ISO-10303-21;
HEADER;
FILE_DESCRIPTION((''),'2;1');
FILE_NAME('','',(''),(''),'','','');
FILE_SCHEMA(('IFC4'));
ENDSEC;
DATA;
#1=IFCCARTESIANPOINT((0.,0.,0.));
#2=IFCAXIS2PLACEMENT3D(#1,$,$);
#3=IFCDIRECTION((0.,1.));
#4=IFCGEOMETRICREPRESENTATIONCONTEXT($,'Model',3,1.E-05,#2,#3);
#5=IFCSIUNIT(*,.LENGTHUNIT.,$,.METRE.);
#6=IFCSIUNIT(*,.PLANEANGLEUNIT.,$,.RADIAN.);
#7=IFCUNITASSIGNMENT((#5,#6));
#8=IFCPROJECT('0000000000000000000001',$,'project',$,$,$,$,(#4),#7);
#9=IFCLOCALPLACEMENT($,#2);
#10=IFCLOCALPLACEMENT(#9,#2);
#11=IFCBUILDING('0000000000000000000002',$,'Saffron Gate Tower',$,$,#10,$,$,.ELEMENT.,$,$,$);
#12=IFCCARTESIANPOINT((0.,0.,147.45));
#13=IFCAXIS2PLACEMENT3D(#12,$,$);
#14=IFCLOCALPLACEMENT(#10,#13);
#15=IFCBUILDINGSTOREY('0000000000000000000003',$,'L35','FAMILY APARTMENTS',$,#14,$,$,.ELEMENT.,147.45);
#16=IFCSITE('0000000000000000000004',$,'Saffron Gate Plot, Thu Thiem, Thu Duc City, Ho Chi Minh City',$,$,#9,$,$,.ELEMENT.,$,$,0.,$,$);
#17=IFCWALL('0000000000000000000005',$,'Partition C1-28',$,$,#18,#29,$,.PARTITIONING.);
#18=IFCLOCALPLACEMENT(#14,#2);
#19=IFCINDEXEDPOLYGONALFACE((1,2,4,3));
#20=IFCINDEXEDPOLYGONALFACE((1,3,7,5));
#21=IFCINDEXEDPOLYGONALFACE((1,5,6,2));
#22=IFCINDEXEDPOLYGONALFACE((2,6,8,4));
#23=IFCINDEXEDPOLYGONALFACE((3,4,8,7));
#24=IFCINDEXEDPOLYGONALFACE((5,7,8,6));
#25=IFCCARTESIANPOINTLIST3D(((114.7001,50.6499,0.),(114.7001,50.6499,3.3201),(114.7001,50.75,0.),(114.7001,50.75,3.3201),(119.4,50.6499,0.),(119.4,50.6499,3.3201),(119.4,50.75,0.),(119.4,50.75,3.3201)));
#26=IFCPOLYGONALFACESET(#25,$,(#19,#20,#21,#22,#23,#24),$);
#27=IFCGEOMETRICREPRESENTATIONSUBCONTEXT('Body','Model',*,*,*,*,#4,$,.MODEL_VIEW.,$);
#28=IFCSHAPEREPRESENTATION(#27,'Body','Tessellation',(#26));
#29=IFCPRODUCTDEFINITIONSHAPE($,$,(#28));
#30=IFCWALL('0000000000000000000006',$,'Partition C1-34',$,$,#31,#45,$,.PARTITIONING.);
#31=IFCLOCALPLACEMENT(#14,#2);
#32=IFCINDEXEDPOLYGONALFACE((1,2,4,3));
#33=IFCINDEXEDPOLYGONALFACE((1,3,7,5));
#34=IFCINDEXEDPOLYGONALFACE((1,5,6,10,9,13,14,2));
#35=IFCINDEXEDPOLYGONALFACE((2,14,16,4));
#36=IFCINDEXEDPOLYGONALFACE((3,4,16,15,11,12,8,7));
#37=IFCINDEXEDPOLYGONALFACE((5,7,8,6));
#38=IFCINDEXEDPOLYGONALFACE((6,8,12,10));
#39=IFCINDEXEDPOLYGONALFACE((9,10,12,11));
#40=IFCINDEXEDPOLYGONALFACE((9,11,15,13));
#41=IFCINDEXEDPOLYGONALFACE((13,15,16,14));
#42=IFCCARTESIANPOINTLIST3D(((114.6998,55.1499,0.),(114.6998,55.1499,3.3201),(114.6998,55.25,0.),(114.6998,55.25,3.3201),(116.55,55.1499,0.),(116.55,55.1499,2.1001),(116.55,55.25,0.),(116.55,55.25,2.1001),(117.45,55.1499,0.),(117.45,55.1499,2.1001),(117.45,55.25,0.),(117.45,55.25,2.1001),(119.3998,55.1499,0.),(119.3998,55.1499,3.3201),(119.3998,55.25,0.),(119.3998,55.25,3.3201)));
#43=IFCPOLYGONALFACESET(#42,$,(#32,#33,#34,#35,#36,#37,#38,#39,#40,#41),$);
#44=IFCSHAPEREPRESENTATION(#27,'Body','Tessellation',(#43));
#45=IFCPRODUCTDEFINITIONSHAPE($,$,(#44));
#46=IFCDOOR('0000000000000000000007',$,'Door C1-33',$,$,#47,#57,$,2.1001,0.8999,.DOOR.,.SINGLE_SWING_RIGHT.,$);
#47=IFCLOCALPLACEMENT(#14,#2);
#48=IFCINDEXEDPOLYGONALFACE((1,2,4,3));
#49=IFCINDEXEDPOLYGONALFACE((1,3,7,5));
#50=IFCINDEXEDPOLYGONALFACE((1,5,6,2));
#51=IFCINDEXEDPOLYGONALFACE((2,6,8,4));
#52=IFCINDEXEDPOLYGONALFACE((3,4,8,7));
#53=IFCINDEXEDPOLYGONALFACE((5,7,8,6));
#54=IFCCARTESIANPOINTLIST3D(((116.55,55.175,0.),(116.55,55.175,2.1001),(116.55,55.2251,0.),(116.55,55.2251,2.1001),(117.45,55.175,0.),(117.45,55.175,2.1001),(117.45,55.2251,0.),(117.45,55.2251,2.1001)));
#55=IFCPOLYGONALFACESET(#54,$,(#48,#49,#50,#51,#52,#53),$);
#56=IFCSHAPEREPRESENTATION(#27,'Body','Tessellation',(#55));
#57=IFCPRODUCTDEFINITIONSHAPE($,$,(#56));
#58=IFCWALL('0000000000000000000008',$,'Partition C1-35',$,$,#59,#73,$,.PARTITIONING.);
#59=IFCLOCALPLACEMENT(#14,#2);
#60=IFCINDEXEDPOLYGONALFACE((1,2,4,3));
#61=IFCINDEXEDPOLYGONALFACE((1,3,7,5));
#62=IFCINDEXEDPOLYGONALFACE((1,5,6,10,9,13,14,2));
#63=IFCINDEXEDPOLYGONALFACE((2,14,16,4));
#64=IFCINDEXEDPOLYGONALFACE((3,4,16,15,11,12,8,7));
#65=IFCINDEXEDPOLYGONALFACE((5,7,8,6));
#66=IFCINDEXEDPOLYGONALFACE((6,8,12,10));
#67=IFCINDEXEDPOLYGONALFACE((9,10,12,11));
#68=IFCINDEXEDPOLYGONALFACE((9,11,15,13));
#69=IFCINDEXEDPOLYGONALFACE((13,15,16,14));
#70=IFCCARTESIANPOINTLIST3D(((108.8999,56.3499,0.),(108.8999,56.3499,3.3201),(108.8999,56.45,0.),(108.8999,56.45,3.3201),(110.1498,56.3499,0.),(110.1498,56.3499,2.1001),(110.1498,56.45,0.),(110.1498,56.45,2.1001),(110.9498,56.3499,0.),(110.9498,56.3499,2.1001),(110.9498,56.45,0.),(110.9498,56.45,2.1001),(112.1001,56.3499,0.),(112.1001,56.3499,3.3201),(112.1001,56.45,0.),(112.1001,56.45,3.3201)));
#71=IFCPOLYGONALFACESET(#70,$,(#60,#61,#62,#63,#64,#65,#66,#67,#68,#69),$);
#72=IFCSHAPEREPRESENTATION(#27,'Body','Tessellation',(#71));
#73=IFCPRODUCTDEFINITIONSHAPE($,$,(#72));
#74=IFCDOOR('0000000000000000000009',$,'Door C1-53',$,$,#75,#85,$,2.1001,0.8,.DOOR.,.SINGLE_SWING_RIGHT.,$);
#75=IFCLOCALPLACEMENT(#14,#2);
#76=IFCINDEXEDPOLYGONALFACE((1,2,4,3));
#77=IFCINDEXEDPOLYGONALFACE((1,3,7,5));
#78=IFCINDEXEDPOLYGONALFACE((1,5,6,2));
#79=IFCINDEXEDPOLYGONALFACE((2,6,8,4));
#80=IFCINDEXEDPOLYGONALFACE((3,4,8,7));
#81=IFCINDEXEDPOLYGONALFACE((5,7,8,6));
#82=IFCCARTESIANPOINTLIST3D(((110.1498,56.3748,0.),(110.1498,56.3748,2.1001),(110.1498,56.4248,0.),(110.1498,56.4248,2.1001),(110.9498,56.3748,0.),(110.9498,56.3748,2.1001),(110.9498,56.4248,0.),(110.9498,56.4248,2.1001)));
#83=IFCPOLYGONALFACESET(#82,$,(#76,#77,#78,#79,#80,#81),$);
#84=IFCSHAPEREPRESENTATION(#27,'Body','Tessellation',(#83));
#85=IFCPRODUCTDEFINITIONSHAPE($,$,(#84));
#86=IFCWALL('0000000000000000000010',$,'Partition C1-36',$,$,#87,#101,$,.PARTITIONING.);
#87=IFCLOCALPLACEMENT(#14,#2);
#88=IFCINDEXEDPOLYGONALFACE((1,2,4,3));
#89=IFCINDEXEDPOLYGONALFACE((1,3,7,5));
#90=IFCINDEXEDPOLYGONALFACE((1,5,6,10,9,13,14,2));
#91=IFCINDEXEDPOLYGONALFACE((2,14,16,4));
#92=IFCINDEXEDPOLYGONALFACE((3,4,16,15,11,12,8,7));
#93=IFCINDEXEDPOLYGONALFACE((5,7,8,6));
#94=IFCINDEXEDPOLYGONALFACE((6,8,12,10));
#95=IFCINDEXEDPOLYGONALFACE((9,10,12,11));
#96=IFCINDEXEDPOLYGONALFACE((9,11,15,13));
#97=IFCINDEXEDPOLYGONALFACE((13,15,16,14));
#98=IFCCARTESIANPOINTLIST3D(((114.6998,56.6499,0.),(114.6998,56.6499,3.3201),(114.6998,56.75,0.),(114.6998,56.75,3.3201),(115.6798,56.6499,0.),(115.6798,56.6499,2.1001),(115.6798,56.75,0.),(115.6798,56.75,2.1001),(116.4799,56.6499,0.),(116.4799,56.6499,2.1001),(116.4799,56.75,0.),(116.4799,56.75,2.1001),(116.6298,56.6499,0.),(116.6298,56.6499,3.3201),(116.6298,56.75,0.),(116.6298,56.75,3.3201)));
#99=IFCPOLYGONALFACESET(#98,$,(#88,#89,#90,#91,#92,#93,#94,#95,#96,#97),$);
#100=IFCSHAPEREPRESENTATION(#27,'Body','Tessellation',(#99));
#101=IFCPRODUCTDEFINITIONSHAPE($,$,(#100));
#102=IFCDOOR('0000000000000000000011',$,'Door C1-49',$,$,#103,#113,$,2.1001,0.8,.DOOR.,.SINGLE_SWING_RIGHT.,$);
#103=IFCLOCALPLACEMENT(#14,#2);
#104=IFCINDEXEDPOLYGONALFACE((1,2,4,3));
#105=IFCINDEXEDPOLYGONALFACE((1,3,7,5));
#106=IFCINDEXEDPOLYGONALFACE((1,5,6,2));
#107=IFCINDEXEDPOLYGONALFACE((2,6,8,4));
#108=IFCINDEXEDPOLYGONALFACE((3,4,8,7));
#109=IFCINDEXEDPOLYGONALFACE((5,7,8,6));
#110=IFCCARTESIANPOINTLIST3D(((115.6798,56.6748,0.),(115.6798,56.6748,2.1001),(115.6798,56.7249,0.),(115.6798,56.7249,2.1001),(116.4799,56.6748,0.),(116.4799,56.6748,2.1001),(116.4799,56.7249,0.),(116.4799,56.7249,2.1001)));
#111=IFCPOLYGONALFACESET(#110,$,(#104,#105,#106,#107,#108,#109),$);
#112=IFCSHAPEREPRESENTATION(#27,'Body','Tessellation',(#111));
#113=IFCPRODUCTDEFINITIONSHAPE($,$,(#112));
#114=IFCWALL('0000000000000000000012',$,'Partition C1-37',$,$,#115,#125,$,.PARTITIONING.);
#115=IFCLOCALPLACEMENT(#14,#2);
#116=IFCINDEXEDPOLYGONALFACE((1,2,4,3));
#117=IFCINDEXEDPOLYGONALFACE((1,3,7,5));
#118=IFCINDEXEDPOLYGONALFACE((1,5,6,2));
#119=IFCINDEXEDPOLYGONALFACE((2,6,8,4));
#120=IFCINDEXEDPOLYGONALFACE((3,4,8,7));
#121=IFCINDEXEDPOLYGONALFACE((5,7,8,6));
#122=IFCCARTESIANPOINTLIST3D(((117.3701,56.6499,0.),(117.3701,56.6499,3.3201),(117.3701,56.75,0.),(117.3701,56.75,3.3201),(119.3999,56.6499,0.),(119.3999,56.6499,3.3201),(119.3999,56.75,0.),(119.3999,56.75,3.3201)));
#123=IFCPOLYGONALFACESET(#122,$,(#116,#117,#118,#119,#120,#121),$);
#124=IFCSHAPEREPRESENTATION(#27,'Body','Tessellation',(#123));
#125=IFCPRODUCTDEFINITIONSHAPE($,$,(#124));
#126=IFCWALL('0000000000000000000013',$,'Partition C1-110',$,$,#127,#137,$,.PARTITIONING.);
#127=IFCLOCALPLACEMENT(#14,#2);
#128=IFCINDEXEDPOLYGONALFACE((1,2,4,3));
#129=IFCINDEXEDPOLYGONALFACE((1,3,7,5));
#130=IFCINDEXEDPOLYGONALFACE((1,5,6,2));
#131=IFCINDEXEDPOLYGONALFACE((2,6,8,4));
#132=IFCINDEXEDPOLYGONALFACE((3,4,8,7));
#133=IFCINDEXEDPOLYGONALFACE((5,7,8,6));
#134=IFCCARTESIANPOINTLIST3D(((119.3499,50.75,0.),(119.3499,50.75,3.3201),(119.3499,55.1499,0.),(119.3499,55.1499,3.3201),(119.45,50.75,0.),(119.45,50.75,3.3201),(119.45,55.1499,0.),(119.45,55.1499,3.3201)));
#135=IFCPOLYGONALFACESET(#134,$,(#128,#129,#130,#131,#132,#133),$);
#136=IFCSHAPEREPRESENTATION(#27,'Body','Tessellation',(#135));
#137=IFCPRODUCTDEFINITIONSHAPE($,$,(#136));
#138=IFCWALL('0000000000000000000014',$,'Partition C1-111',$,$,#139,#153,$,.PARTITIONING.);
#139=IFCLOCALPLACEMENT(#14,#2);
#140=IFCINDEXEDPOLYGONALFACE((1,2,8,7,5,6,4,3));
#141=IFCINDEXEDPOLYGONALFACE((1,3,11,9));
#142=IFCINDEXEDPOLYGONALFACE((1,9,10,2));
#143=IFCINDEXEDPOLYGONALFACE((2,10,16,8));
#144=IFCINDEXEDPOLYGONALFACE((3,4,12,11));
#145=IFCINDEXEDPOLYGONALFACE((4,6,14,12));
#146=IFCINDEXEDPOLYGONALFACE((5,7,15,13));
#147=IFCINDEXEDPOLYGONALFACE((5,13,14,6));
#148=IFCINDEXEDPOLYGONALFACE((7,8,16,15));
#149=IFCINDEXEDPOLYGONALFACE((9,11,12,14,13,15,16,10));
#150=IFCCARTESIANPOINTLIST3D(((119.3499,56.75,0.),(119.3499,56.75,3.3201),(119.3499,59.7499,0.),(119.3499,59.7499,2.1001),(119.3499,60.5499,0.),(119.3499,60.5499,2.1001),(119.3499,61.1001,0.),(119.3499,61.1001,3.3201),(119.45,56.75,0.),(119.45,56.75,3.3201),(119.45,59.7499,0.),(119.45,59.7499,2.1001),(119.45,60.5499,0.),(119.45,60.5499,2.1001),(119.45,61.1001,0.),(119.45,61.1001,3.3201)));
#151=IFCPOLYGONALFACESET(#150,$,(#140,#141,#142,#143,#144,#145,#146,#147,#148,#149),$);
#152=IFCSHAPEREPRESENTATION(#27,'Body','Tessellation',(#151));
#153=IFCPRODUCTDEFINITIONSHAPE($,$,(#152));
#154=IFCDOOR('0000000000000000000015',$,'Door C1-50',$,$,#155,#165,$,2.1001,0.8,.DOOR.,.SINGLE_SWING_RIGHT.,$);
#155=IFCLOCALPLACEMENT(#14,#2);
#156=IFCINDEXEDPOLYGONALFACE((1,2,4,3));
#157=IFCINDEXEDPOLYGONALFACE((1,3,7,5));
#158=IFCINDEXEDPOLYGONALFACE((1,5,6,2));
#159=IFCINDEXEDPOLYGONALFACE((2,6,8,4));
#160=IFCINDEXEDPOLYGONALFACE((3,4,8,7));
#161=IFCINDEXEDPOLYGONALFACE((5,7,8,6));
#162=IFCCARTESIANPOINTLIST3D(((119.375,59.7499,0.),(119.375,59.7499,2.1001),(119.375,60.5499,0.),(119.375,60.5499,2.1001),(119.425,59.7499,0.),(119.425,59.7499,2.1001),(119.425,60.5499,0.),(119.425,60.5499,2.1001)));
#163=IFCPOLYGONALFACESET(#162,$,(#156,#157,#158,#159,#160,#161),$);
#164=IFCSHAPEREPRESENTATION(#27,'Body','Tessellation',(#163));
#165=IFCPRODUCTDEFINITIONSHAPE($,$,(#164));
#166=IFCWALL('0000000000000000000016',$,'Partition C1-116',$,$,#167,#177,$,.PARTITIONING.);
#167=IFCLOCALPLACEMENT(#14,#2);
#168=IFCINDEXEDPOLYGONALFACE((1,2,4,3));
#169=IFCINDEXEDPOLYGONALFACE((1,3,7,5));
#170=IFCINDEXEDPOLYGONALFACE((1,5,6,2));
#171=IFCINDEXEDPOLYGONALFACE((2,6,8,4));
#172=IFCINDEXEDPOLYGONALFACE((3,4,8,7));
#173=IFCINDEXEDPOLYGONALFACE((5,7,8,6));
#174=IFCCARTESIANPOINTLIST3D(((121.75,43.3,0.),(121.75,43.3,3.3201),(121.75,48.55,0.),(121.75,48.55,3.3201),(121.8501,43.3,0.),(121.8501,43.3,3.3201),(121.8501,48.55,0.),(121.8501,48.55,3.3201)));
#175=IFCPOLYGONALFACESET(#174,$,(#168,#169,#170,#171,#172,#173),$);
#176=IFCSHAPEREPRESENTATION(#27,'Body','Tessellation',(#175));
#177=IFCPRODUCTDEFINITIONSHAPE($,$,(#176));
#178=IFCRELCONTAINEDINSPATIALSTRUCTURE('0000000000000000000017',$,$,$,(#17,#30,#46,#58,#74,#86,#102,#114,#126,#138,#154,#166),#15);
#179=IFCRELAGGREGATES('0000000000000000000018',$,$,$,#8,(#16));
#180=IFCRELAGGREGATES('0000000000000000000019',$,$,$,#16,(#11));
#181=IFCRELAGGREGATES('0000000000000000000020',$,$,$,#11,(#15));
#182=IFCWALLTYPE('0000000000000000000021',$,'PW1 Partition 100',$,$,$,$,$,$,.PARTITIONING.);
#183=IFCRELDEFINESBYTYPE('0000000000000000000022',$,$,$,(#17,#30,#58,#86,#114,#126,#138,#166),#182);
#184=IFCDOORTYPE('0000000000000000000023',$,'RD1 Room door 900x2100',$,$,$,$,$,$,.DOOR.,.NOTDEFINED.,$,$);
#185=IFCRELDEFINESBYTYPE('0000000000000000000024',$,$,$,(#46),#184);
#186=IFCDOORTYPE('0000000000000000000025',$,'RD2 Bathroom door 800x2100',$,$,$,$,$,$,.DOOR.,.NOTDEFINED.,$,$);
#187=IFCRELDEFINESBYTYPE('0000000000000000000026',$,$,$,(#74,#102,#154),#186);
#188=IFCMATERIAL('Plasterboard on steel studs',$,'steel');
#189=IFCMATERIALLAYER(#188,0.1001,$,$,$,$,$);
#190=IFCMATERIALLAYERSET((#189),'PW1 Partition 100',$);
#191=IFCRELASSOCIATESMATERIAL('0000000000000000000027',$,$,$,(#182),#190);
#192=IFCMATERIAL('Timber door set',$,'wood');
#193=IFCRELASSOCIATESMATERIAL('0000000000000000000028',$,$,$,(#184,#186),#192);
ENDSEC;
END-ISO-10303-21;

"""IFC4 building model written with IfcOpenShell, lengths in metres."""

from ifc_helpers import new_model, si_unit, direction, frame, frame_2d, origin, place, context, subcontext, project, spatial, rectangle, extrude, material, layer, layer_set, type_object, element, fill, save


model = new_model("IFC4")

# Units and contexts
model_context = context("Model", 3, precision=1e-05, world=origin(), true_north=direction((0.0, 1.0)))
body_context = subcontext(model_context, "Body", "Model", "MODEL_VIEW")
ifc_project = project(units=[si_unit("LENGTHUNIT", "METRE"), si_unit("PLANEANGLEUNIT", "RADIAN")], contexts=[model_context])

# Site, building, storey
site_placement = place(None, origin())
site = spatial("IfcSite", under=ifc_project, at=site_placement, Name="Saffron Gate Plot, Thu Thiem, Thu Duc City, Ho Chi Minh City", CompositionType="ELEMENT", RefElevation=0.0)
building_placement = place(site_placement, origin())
building = spatial("IfcBuilding", under=site, at=building_placement, Name="Saffron Gate Tower", CompositionType="ELEMENT")
storey_placement = place(building_placement, frame((0.0, 0.0, 147.45)))
storey = spatial("IfcBuildingStorey", under=building, at=storey_placement, Name="L35", Description="FAMILY APARTMENTS", CompositionType="ELEMENT", Elevation=147.45)

# Shared definitions
ifc_material_1 = material(Name="Plasterboard on steel studs", Category="steel")
ifc_layer_1 = layer(ifc_material_1, 0.1001)
ifc_layer_set_1 = layer_set([ifc_layer_1], Name="PW1 Partition 100")
wall_type = type_object("IfcWallType", Name="PW1 Partition 100", PredefinedType="PARTITIONING", material=ifc_layer_set_1)
ifc_material_2 = material(Name="Timber door set", Category="wood")
door_type_1 = type_object("IfcDoorType", Name="RD1 Room door 900x2100", OperationType="NOTDEFINED", PredefinedType="DOOR", material=ifc_material_2)

# Wall
wall_1_placement = place(storey_placement, frame((114.7, 50.7, 0.0), z_axis=(0.0, 0.0, 1.0), x_axis=(1.0, 0.0, 0.0)))
element("IfcWall", 1, at=wall_1_placement, inside=storey, type_object=wall_type, Name="Partition C1-28", PredefinedType="PARTITIONING", context=body_context, shape_type="SweptSolid", body=[
    extrude(rectangle(XDim=4.7, YDim=0.1001, at=frame_2d((2.3501, 0.0))), origin(), (0.0, 0.0, 1.0), 3.3201),
])

# Walls, openings, doors
wall_2_placement = place(storey_placement, frame((119.3999, 55.2, 0.0), z_axis=(0.0, 0.0, 1.0), x_axis=(-1.0, 0.0, 0.0)))
wall_2 = element("IfcWall", 2, at=wall_2_placement, inside=storey, type_object=wall_type, Name="Partition C1-34", PredefinedType="PARTITIONING", context=body_context, shape_type="SweptSolid", body=[
    extrude(rectangle(XDim=4.7, YDim=0.1001, at=frame_2d((2.3501, 0.0))), origin(), (0.0, 0.0, 1.0), 3.3201),
])
opening_1_placement = place(wall_2_placement, frame((1.95, 0.0, 0.0)))
opening_1 = element("IfcOpeningElement", 3, at=opening_1_placement, cuts=wall_2, PredefinedType="OPENING", context=body_context, shape_type="SweptSolid", body=[
    extrude(rectangle(XDim=0.8999, YDim=2.1001, at=frame_2d((0.45, 1.05))), frame((0.0, 0.0601, 0.0), z_axis=(0.0, -1.0, 0.0), x_axis=(1.0, 0.0, 0.0)), (0.0, 0.0, 1.0), 0.1201),
])
door_1_placement = place(opening_1_placement, origin())
door_1 = element("IfcDoor", 4, at=door_1_placement, inside=storey, type_object=door_type_1, Name="Door C1-33", OperationType="SINGLE_SWING_RIGHT", OverallHeight=2.1001, OverallWidth=0.8999, PredefinedType="DOOR", context=body_context, shape_type="SweptSolid", body=[
    extrude(rectangle(XDim=0.8999, YDim=2.1001, at=frame_2d((0.45, 1.05))), frame((0.0, 0.0249, 0.0), z_axis=(0.0, -1.0, 0.0), x_axis=(1.0, 0.0, 0.0)), (0.0, 0.0, 1.0), 0.05),
])
fill(opening_1, door_1)
wall_3_placement = place(storey_placement, frame((108.8999, 56.3999, 0.0), z_axis=(0.0, 0.0, 1.0), x_axis=(1.0, 0.0, 0.0)))
wall_3 = element("IfcWall", 5, at=wall_3_placement, inside=storey, type_object=wall_type, Name="Partition C1-35", PredefinedType="PARTITIONING", context=body_context, shape_type="SweptSolid", body=[
    extrude(rectangle(XDim=3.2002, YDim=0.1001, at=frame_2d((1.6001, 0.0))), origin(), (0.0, 0.0, 1.0), 3.3201),
])
opening_2_placement = place(wall_3_placement, frame((1.25, 0.0, 0.0)))
opening_2 = element("IfcOpeningElement", 6, at=opening_2_placement, cuts=wall_3, PredefinedType="OPENING", context=body_context, shape_type="SweptSolid", body=[
    extrude(rectangle(XDim=0.8, YDim=2.1001, at=frame_2d((0.3999, 1.05))), frame((0.0, 0.0601, 0.0), z_axis=(0.0, -1.0, 0.0), x_axis=(1.0, 0.0, 0.0)), (0.0, 0.0, 1.0), 0.1201),
])
door_type_2 = type_object("IfcDoorType", Name="RD2 Bathroom door 800x2100", OperationType="NOTDEFINED", PredefinedType="DOOR", material=ifc_material_2)
door_2_placement = place(opening_2_placement, origin())
door_2 = element("IfcDoor", 7, at=door_2_placement, inside=storey, type_object=door_type_2, Name="Door C1-53", OperationType="SINGLE_SWING_RIGHT", OverallHeight=2.1001, OverallWidth=0.8, PredefinedType="DOOR", context=body_context, shape_type="SweptSolid", body=[
    extrude(rectangle(XDim=0.8, YDim=2.1001, at=frame_2d((0.3999, 1.05))), frame((0.0, 0.0249, 0.0), z_axis=(0.0, -1.0, 0.0), x_axis=(1.0, 0.0, 0.0)), (0.0, 0.0, 1.0), 0.05),
])
fill(opening_2, door_2)
wall_4_placement = place(storey_placement, frame((114.7, 56.7, 0.0), z_axis=(0.0, 0.0, 1.0), x_axis=(1.0, 0.0, 0.0)))
wall_4 = element("IfcWall", 8, at=wall_4_placement, inside=storey, type_object=wall_type, Name="Partition C1-36", PredefinedType="PARTITIONING", context=body_context, shape_type="SweptSolid", body=[
    extrude(rectangle(XDim=1.9299, YDim=0.1001, at=frame_2d((0.9648, 0.0))), origin(), (0.0, 0.0, 1.0), 3.3201),
])
opening_3_placement = place(wall_4_placement, frame((0.98, 0.0, 0.0)))
opening_3 = element("IfcOpeningElement", 9, at=opening_3_placement, cuts=wall_4, PredefinedType="OPENING", context=body_context, shape_type="SweptSolid", body=[
    extrude(rectangle(XDim=0.8, YDim=2.1001, at=frame_2d((0.3999, 1.05))), frame((0.0, 0.0601, 0.0), z_axis=(0.0, -1.0, 0.0), x_axis=(1.0, 0.0, 0.0)), (0.0, 0.0, 1.0), 0.1201),
])
door_3_placement = place(opening_3_placement, origin())
door_3 = element("IfcDoor", 10, at=door_3_placement, inside=storey, type_object=door_type_2, Name="Door C1-49", OperationType="SINGLE_SWING_RIGHT", OverallHeight=2.1001, OverallWidth=0.8, PredefinedType="DOOR", context=body_context, shape_type="SweptSolid", body=[
    extrude(rectangle(XDim=0.8, YDim=2.1001, at=frame_2d((0.3999, 1.05))), frame((0.0, 0.0249, 0.0), z_axis=(0.0, -1.0, 0.0), x_axis=(1.0, 0.0, 0.0)), (0.0, 0.0, 1.0), 0.05),
])
fill(opening_3, door_3)

# Walls
wall_5_placement = place(storey_placement, frame((117.3701, 56.7, 0.0), z_axis=(0.0, 0.0, 1.0), x_axis=(1.0, 0.0, 0.0)))
element("IfcWall", 11, at=wall_5_placement, inside=storey, type_object=wall_type, Name="Partition C1-37", PredefinedType="PARTITIONING", context=body_context, shape_type="SweptSolid", body=[
    extrude(rectangle(XDim=2.0298, YDim=0.1001, at=frame_2d((1.0149, 0.0))), origin(), (0.0, 0.0, 1.0), 3.3201),
])
wall_6_placement = place(storey_placement, frame((119.3999, 55.1499, 0.0), z_axis=(0.0, 0.0, 1.0), x_axis=(0.0, -1.0, 0.0)))
element("IfcWall", 12, at=wall_6_placement, inside=storey, type_object=wall_type, Name="Partition C1-110", PredefinedType="PARTITIONING", context=body_context, shape_type="SweptSolid", body=[
    extrude(rectangle(XDim=4.3999, YDim=0.1001, at=frame_2d((2.2, 0.0))), origin(), (0.0, 0.0, 1.0), 3.3201),
])

# Wall, opening, door
wall_7_placement = place(storey_placement, frame((119.3999, 56.75, 0.0), z_axis=(0.0, 0.0, 1.0), x_axis=(0.0, 1.0, 0.0)))
wall_7 = element("IfcWall", 13, at=wall_7_placement, inside=storey, type_object=wall_type, Name="Partition C1-111", PredefinedType="PARTITIONING", context=body_context, shape_type="SweptSolid", body=[
    extrude(rectangle(XDim=4.3501, YDim=0.1001, at=frame_2d((2.175, 0.0))), origin(), (0.0, 0.0, 1.0), 3.3201),
])
opening_4_placement = place(wall_7_placement, frame((3.0, 0.0, 0.0)))
opening_4 = element("IfcOpeningElement", 14, at=opening_4_placement, cuts=wall_7, PredefinedType="OPENING", context=body_context, shape_type="SweptSolid", body=[
    extrude(rectangle(XDim=0.8, YDim=2.1001, at=frame_2d((0.3999, 1.05))), frame((0.0, 0.0601, 0.0), z_axis=(0.0, -1.0, 0.0), x_axis=(1.0, 0.0, 0.0)), (0.0, 0.0, 1.0), 0.1201),
])
door_4_placement = place(opening_4_placement, origin())
door_4 = element("IfcDoor", 15, at=door_4_placement, inside=storey, type_object=door_type_2, Name="Door C1-50", OperationType="SINGLE_SWING_RIGHT", OverallHeight=2.1001, OverallWidth=0.8, PredefinedType="DOOR", context=body_context, shape_type="SweptSolid", body=[
    extrude(rectangle(XDim=0.8, YDim=2.1001, at=frame_2d((0.3999, 1.05))), frame((0.0, 0.0249, 0.0), z_axis=(0.0, -1.0, 0.0), x_axis=(1.0, 0.0, 0.0)), (0.0, 0.0, 1.0), 0.05),
])
fill(opening_4, door_4)

# Wall
wall_8_placement = place(storey_placement, frame((121.8, 48.55, 0.0), z_axis=(0.0, 0.0, 1.0), x_axis=(0.0, -1.0, 0.0)))
element("IfcWall", 16, at=wall_8_placement, inside=storey, type_object=wall_type, Name="Partition C1-116", PredefinedType="PARTITIONING", context=body_context, shape_type="SweptSolid", body=[
    extrude(rectangle(XDim=5.25, YDim=0.1001, at=frame_2d((2.625, 0.0))), origin(), (0.0, 0.0, 1.0), 3.3201),
])

save(model, "model.ifc")
